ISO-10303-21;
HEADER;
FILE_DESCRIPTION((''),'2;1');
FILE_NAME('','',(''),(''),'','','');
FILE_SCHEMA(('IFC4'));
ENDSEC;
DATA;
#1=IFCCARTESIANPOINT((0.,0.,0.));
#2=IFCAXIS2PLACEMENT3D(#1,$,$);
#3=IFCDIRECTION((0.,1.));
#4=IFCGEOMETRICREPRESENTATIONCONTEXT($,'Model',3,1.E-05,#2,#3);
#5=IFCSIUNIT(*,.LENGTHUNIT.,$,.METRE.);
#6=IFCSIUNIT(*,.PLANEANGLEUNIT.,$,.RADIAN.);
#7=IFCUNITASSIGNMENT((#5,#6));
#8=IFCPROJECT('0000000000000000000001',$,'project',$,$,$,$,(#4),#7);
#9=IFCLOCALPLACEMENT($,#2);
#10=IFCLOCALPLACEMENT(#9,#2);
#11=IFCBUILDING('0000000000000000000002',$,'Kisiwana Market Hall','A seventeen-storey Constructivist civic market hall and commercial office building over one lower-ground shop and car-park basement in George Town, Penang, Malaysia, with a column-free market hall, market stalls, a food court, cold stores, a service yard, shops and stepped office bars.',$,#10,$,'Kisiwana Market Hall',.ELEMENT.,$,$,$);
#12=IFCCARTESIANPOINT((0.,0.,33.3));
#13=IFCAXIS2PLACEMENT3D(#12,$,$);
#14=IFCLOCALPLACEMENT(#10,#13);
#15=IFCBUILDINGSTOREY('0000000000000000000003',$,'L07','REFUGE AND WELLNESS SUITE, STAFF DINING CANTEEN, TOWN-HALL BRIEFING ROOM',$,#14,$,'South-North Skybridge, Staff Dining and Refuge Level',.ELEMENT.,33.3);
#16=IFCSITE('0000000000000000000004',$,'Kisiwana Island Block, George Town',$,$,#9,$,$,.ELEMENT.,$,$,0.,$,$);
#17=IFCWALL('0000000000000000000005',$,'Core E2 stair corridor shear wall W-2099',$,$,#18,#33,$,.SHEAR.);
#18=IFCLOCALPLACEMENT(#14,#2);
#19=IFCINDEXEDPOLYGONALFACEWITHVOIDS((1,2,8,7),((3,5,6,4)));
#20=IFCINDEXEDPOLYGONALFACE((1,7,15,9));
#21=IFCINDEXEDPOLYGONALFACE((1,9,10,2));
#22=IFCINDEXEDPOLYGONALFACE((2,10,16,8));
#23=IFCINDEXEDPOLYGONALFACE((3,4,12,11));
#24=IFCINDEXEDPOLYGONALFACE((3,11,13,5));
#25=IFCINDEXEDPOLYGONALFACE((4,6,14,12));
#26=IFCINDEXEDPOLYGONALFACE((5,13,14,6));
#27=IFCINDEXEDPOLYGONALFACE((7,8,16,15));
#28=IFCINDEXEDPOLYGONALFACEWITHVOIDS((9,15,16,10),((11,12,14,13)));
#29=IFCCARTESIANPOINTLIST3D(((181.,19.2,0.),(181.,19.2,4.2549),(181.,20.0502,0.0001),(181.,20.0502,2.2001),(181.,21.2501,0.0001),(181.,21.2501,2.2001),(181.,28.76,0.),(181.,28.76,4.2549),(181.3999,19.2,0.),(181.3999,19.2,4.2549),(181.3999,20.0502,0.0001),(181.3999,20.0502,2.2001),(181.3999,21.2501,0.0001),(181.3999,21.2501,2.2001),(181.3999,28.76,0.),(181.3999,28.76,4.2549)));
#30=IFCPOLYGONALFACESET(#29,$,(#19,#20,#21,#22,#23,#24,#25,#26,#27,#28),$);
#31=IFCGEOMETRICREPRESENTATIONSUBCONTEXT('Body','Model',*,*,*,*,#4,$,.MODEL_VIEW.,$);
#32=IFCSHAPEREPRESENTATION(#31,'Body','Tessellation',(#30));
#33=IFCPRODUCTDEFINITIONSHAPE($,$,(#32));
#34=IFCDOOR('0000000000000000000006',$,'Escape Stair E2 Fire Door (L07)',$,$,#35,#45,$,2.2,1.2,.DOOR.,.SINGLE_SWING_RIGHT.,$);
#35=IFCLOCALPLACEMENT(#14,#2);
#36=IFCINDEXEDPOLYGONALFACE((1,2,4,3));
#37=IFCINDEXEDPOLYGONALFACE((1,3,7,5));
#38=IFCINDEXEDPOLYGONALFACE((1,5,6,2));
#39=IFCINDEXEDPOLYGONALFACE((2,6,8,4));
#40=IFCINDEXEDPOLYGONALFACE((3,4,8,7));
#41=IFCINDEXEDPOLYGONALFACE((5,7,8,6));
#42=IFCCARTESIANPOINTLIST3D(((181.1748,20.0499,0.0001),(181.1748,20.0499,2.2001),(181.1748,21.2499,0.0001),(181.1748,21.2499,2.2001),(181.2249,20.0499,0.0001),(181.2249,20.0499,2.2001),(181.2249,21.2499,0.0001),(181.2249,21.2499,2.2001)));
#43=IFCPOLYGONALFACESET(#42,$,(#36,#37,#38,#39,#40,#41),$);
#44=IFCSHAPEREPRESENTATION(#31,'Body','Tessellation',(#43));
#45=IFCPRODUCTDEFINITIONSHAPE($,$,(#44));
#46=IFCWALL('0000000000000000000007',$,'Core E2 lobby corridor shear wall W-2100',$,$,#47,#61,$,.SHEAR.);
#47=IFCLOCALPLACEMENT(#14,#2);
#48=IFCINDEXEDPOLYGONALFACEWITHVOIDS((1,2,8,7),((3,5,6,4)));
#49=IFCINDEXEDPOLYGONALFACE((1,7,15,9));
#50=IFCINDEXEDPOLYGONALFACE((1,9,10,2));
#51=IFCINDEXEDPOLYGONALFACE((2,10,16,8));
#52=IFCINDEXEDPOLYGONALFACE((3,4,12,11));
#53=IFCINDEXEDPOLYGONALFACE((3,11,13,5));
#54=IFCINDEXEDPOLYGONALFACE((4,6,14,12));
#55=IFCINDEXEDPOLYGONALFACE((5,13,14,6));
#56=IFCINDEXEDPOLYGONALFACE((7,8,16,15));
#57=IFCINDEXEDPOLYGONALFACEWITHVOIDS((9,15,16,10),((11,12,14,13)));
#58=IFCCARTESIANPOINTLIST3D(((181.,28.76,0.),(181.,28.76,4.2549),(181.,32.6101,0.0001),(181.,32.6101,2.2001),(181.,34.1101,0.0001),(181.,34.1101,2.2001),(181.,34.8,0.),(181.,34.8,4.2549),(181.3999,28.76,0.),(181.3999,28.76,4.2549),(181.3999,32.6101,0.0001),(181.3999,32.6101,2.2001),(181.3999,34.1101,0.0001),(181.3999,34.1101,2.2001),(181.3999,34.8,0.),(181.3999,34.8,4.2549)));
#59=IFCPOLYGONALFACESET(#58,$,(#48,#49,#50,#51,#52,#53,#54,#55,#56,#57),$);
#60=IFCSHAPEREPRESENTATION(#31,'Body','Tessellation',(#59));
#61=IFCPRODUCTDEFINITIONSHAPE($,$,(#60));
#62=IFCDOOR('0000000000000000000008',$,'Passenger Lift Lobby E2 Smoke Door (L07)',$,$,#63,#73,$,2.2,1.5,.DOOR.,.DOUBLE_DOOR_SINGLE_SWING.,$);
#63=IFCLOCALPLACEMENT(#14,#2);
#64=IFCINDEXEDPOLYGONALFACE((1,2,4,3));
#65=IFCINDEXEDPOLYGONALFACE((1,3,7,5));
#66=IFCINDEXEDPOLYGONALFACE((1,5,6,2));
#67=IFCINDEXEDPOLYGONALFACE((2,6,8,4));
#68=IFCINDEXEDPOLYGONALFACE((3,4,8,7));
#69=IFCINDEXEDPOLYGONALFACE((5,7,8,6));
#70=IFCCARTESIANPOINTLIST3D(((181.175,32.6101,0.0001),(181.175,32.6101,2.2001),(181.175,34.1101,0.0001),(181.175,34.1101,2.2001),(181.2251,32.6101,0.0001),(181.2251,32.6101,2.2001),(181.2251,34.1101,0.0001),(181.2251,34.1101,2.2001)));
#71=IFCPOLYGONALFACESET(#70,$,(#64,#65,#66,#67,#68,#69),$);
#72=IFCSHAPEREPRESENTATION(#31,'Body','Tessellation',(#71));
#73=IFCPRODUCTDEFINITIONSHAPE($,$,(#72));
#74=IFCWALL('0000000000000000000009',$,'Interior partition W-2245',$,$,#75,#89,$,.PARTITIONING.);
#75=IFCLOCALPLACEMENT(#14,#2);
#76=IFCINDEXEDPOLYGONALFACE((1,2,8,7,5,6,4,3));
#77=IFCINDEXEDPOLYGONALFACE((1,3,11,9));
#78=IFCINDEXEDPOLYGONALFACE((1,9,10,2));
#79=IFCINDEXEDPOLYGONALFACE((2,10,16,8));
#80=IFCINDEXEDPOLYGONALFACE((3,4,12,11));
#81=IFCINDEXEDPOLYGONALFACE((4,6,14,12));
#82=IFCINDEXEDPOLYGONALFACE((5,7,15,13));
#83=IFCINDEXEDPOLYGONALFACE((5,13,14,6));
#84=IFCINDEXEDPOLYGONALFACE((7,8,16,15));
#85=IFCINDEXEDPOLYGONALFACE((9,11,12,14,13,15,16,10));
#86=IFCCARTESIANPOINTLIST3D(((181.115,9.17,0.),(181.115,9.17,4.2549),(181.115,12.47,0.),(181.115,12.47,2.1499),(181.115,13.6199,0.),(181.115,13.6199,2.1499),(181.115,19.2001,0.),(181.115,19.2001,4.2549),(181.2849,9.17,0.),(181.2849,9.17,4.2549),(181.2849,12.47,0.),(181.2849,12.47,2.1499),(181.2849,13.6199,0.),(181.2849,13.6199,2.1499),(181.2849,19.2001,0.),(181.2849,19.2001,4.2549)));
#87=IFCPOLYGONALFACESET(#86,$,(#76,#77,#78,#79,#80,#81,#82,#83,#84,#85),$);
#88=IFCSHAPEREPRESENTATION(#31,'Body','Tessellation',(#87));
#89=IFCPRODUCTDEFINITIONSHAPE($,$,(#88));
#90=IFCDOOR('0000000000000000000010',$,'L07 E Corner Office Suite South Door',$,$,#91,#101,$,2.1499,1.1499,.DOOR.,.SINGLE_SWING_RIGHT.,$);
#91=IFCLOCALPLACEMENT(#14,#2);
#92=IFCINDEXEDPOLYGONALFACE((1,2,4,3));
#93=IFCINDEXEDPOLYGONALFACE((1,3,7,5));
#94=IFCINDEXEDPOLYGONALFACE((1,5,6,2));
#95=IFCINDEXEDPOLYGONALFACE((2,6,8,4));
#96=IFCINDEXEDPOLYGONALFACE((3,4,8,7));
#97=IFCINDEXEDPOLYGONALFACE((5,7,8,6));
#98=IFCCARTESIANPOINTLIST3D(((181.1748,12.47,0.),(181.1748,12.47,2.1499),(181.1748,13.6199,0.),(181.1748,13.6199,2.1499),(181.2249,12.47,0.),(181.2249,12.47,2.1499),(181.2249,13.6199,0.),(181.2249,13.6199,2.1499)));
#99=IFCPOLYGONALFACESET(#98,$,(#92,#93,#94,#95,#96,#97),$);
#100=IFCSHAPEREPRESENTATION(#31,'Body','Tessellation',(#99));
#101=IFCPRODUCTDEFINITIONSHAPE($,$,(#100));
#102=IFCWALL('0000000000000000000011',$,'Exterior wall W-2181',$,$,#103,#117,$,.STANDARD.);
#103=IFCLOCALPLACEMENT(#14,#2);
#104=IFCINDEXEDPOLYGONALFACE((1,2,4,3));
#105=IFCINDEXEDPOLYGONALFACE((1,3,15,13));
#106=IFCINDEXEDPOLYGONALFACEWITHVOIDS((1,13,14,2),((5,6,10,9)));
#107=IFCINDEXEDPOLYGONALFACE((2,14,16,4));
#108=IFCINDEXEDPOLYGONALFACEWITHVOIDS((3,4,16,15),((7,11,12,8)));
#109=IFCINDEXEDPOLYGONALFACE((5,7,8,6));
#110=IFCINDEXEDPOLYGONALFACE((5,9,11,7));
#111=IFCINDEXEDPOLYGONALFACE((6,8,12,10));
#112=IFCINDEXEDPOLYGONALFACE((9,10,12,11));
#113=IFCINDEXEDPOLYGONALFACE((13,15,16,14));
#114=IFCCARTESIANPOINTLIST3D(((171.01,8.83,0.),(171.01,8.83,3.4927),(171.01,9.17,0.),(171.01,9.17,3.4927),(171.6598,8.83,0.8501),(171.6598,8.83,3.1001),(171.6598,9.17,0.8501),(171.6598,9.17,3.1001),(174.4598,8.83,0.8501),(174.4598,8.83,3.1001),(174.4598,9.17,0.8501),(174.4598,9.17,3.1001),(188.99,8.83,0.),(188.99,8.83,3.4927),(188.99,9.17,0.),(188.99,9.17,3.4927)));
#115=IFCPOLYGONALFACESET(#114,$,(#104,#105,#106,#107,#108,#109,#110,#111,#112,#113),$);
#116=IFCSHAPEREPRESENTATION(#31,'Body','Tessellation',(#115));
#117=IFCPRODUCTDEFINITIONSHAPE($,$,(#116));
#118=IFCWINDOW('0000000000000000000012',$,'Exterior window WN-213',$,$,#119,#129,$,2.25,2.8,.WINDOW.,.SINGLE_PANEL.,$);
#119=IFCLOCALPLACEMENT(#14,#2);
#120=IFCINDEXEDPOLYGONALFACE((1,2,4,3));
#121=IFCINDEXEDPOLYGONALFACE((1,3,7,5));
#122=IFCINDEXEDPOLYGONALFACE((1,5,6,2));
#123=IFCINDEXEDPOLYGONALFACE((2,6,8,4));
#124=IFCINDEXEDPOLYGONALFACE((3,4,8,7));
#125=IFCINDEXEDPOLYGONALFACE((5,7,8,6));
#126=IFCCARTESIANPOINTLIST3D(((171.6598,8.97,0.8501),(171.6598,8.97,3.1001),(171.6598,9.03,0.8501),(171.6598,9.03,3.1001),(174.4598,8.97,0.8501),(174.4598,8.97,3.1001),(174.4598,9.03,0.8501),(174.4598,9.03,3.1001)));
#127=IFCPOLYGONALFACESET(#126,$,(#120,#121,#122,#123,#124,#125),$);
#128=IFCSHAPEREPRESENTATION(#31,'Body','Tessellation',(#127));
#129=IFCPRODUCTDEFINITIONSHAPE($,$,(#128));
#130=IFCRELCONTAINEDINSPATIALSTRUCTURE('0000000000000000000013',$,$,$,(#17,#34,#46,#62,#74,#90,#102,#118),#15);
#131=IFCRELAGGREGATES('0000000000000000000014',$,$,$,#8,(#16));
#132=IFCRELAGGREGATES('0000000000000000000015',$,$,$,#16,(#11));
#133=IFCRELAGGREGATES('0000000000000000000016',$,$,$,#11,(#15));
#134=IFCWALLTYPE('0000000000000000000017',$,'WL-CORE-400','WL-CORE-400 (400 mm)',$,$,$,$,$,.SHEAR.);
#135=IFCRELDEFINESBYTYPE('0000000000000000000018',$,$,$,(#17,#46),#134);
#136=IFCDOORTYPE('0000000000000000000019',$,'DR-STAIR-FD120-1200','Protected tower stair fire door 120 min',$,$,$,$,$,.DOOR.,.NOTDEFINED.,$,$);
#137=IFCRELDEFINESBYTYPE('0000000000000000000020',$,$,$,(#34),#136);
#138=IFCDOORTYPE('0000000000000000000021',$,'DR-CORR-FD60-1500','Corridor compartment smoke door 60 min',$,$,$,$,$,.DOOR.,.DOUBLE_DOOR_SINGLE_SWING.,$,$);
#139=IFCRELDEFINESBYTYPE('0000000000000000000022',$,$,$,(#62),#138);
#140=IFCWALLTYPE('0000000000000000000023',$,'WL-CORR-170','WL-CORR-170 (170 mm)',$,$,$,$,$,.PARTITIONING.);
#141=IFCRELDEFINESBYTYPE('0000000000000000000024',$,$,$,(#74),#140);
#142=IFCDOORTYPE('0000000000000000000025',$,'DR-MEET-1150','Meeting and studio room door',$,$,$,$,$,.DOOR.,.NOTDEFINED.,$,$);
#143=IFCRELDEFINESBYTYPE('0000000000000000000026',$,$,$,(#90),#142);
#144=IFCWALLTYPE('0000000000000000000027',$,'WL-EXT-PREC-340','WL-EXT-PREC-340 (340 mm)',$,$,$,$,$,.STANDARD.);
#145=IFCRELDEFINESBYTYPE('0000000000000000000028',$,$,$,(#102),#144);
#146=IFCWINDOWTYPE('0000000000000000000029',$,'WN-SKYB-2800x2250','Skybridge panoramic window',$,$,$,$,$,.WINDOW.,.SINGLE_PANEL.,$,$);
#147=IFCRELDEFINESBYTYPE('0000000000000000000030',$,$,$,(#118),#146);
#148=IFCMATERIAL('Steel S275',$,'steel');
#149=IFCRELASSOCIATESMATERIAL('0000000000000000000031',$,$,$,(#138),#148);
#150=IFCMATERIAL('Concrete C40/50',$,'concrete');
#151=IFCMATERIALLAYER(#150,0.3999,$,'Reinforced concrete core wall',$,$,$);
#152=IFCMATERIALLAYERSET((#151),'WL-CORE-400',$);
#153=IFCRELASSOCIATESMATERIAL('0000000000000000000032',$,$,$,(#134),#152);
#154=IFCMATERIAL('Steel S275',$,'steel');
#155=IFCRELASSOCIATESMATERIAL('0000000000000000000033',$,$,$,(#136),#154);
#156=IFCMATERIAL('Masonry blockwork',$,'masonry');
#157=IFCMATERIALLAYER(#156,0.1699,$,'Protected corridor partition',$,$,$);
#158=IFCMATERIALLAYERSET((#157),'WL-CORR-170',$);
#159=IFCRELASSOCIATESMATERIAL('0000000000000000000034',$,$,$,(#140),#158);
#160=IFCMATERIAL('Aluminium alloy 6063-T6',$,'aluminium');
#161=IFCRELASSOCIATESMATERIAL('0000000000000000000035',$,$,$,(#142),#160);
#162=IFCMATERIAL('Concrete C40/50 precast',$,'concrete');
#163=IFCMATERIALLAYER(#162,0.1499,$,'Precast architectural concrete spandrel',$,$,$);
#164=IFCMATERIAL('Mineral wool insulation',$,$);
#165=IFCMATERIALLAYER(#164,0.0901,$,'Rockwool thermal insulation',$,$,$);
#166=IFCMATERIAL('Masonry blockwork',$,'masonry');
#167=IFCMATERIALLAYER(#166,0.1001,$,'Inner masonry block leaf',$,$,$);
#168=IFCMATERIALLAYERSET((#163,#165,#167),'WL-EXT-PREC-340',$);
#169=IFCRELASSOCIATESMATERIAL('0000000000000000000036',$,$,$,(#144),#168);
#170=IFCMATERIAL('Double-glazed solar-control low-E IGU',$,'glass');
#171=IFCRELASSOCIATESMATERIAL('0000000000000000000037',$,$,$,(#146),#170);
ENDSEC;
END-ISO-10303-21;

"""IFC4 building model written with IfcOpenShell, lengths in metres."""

from ifc_helpers import new_model, si_unit, direction, frame, frame_2d, origin, place, context, subcontext, project, spatial, rectangle, extrude, material, layer, layer_set, type_object, element, fill, save


model = new_model("IFC4")

# Units and contexts
model_context = context("Model", 3, precision=1e-05, world=origin(), true_north=direction((0.0, 1.0)))
body_context = subcontext(model_context, "Body", "Model", "MODEL_VIEW")
ifc_project = project(units=[si_unit("LENGTHUNIT", "METRE"), si_unit("PLANEANGLEUNIT", "RADIAN")], contexts=[model_context])

# Site, building, storey
site_placement = place(None, origin())
site = spatial("IfcSite", under=ifc_project, at=site_placement, Name="Kisiwana Island Block, George Town", CompositionType="ELEMENT", RefElevation=0.0)
building_placement = place(site_placement, origin())
building = spatial("IfcBuilding", under=site, at=building_placement, Name="Kisiwana Market Hall", Description="A seventeen-storey Constructivist civic market hall and commercial office building over one lower-ground shop and car-park basement in George Town, Penang, Malaysia, with a column-free market hall, market stalls, a food court, cold stores, a service yard, shops and stepped office bars.", LongName="Kisiwana Market Hall", CompositionType="ELEMENT")
storey_placement = place(building_placement, frame((0.0, 0.0, 33.3)))
storey = spatial("IfcBuildingStorey", under=building, at=storey_placement, Name="L07", Description="REFUGE AND WELLNESS SUITE, STAFF DINING CANTEEN, TOWN-HALL BRIEFING ROOM", LongName="South-North Skybridge, Staff Dining and Refuge Level", CompositionType="ELEMENT", Elevation=33.3)

# Shared definitions
ifc_material_1 = material(Name="Steel S275", Category="steel")
door_type_1 = type_object("IfcDoorType", Name="DR-CORR-FD60-1500", Description="Corridor compartment smoke door 60 min", OperationType="DOUBLE_DOOR_SINGLE_SWING", PredefinedType="DOOR", material=ifc_material_1)

# Shared definitions
ifc_material_2 = material(Name="Concrete C40/50", Category="concrete")
ifc_layer_1 = layer(ifc_material_2, 0.3999, Name="Reinforced concrete core wall")
ifc_layer_set_1 = layer_set([ifc_layer_1], Name="WL-CORE-400")
wall_type_1 = type_object("IfcWallType", Name="WL-CORE-400", Description="WL-CORE-400 (400 mm)", PredefinedType="SHEAR", material=ifc_layer_set_1)

# Walls, openings, doors
wall_1_placement = place(storey_placement, frame((181.2, 19.2, 0.0), z_axis=(0.0, 0.0, 1.0), x_axis=(0.0, 1.0, 0.0)))
wall_1 = element("IfcWall", 1, at=wall_1_placement, inside=storey, type_object=wall_type_1, Name="Core E2 stair corridor shear wall W-2099", PredefinedType="SHEAR", context=body_context, shape_type="SweptSolid", body=[
    extrude(rectangle(XDim=9.5601, YDim=0.3999, at=frame_2d((4.78, 0.0))), origin(), (0.0, 0.0, 1.0), 4.2549),
])
opening_1_placement = place(wall_1_placement, frame((0.8501, 0.0, 0.0)))
opening_1 = element("IfcOpeningElement", 2, at=opening_1_placement, cuts=wall_1, PredefinedType="OPENING", context=body_context, shape_type="SweptSolid", body=[
    extrude(rectangle(XDim=1.2, YDim=2.2, at=frame_2d((0.6001, 1.1001))), frame((0.0, 0.2119, 0.0), z_axis=(0.0, -1.0, 0.0), x_axis=(1.0, 0.0, 0.0)), (0.0, 0.0, 1.0), 0.4238),
])
ifc_material_3 = material(Name="Steel S275", Category="steel")
door_type_2 = type_object("IfcDoorType", Name="DR-STAIR-FD120-1200", Description="Protected tower stair fire door 120 min", OperationType="NOTDEFINED", PredefinedType="DOOR", material=ifc_material_3)
door_1_placement = place(opening_1_placement, frame((1.2, 0.0, 0.0), z_axis=(0.0, 0.0, 1.0), x_axis=(-1.0, 0.0, 0.0)))
door_1 = element("IfcDoor", 3, at=door_1_placement, inside=storey, type_object=door_type_2, Name="Escape Stair E2 Fire Door (L07)", OperationType="SINGLE_SWING_RIGHT", OverallHeight=2.2, OverallWidth=1.2, PredefinedType="DOOR", context=body_context, shape_type="SweptSolid", body=[
    extrude(rectangle(XDim=1.2, YDim=2.2, at=frame_2d((0.6001, 1.1001))), frame((0.0, 0.0249, 0.0), z_axis=(0.0, -1.0, 0.0), x_axis=(1.0, 0.0, 0.0)), (0.0, 0.0, 1.0), 0.05),
])
fill(opening_1, door_1)
wall_2_placement = place(storey_placement, frame((181.2, 28.76, 0.0), z_axis=(0.0, 0.0, 1.0), x_axis=(0.0, 1.0, 0.0)))
wall_2 = element("IfcWall", 4, at=wall_2_placement, inside=storey, type_object=wall_type_1, Name="Core E2 lobby corridor shear wall W-2100", PredefinedType="SHEAR", context=body_context, shape_type="SweptSolid", body=[
    extrude(rectangle(XDim=6.04, YDim=0.3999, at=frame_2d((3.02, 0.0))), origin(), (0.0, 0.0, 1.0), 4.2549),
])
opening_2_placement = place(wall_2_placement, frame((3.8501, 0.0, 0.0)))
opening_2 = element("IfcOpeningElement", 5, at=opening_2_placement, cuts=wall_2, PredefinedType="OPENING", context=body_context, shape_type="SweptSolid", body=[
    extrude(rectangle(XDim=1.5, YDim=2.2, at=frame_2d((0.75, 1.1001))), frame((0.0, 0.2119, 0.0), z_axis=(0.0, -1.0, 0.0), x_axis=(1.0, 0.0, 0.0)), (0.0, 0.0, 1.0), 0.4238),
])
door_2_placement = place(opening_2_placement, origin())
door_2 = element("IfcDoor", 6, at=door_2_placement, inside=storey, type_object=door_type_1, Name="Passenger Lift Lobby E2 Smoke Door (L07)", OperationType="DOUBLE_DOOR_SINGLE_SWING", OverallHeight=2.2, OverallWidth=1.5, PredefinedType="DOOR", context=body_context, shape_type="SweptSolid", body=[
    extrude(rectangle(XDim=1.5, YDim=2.2, at=frame_2d((0.75, 1.1001))), frame((0.0, 0.0249, 0.0), z_axis=(0.0, -1.0, 0.0), x_axis=(1.0, 0.0, 0.0)), (0.0, 0.0, 1.0), 0.05),
])
fill(opening_2, door_2)
ifc_material_4 = material(Name="Masonry blockwork", Category="masonry")
ifc_layer_2 = layer(ifc_material_4, 0.1699, Name="Protected corridor partition")
ifc_layer_set_2 = layer_set([ifc_layer_2], Name="WL-CORR-170")
wall_type_2 = type_object("IfcWallType", Name="WL-CORR-170", Description="WL-CORR-170 (170 mm)", PredefinedType="PARTITIONING", material=ifc_layer_set_2)
wall_3_placement = place(storey_placement, frame((181.2, 9.1699, 0.0), z_axis=(0.0, 0.0, 1.0), x_axis=(0.0, 1.0, 0.0)))
wall_3 = element("IfcWall", 7, at=wall_3_placement, inside=storey, type_object=wall_type_2, Name="Interior partition W-2245", PredefinedType="PARTITIONING", context=body_context, shape_type="SweptSolid", body=[
    extrude(rectangle(XDim=10.03, YDim=0.1699, at=frame_2d((5.0151, 0.0))), origin(), (0.0, 0.0, 1.0), 4.2549),
])
opening_3_placement = place(wall_3_placement, frame((3.3, 0.0, 0.0)))
opening_3 = element("IfcOpeningElement", 8, at=opening_3_placement, cuts=wall_3, PredefinedType="OPENING", context=body_context, shape_type="SweptSolid", body=[
    extrude(rectangle(XDim=1.1499, YDim=2.1499, at=frame_2d((0.575, 1.075))), frame((0.0, 0.0969, 0.0), z_axis=(0.0, -1.0, 0.0), x_axis=(1.0, 0.0, 0.0)), (0.0, 0.0, 1.0), 0.1938),
])
ifc_material_5 = material(Name="Aluminium alloy 6063-T6", Category="aluminium")
door_type_3 = type_object("IfcDoorType", Name="DR-MEET-1150", Description="Meeting and studio room door", OperationType="NOTDEFINED", PredefinedType="DOOR", material=ifc_material_5)
door_3_placement = place(opening_3_placement, frame((1.1499, 0.0, 0.0), z_axis=(0.0, 0.0, 1.0), x_axis=(-1.0, 0.0, 0.0)))
door_3 = element("IfcDoor", 9, at=door_3_placement, inside=storey, type_object=door_type_3, Name="L07 E Corner Office Suite South Door", OperationType="SINGLE_SWING_RIGHT", OverallHeight=2.1499, OverallWidth=1.1499, PredefinedType="DOOR", context=body_context, shape_type="SweptSolid", body=[
    extrude(rectangle(XDim=1.1499, YDim=2.1499, at=frame_2d((0.575, 1.075))), frame((0.0, 0.0249, 0.0), z_axis=(0.0, -1.0, 0.0), x_axis=(1.0, 0.0, 0.0)), (0.0, 0.0, 1.0), 0.05),
])
fill(opening_3, door_3)

# Wall, opening, window
ifc_material_6 = material(Name="Concrete C40/50 precast", Category="concrete")
ifc_layer_3 = layer(ifc_material_6, 0.1499, Name="Precast architectural concrete spandrel")
ifc_material_7 = material(Name="Mineral wool insulation")
ifc_layer_4 = layer(ifc_material_7, 0.0901, Name="Rockwool thermal insulation")
ifc_material_8 = material(Name="Masonry blockwork", Category="masonry")
ifc_layer_5 = layer(ifc_material_8, 0.1001, Name="Inner masonry block leaf")
ifc_layer_set_3 = layer_set([ifc_layer_3, ifc_layer_4, ifc_layer_5], Name="WL-EXT-PREC-340")
wall_type_3 = type_object("IfcWallType", Name="WL-EXT-PREC-340", Description="WL-EXT-PREC-340 (340 mm)", PredefinedType="STANDARD", material=ifc_layer_set_3)
wall_4_placement = place(storey_placement, frame((171.01, 9.0, 0.0), z_axis=(0.0, 0.0, 1.0), x_axis=(1.0, 0.0, 0.0)))
wall_4 = element("IfcWall", 10, at=wall_4_placement, inside=storey, type_object=wall_type_3, Name="Exterior wall W-2181", PredefinedType="STANDARD", context=body_context, shape_type="SweptSolid", body=[
    extrude(rectangle(XDim=17.98, YDim=0.3401, at=frame_2d((8.99, 0.0))), origin(), (0.0, 0.0, 1.0), 3.4927),
])
opening_4_placement = place(wall_4_placement, frame((0.6499, 0.0, 0.8501)))
opening_4 = element("IfcOpeningElement", 11, at=opening_4_placement, cuts=wall_4, PredefinedType="OPENING", context=body_context, shape_type="SweptSolid", body=[
    extrude(rectangle(XDim=2.8, YDim=2.25, at=frame_2d((1.3999, 1.125))), frame((0.0, 0.1821, 0.0), z_axis=(0.0, -1.0, 0.0), x_axis=(1.0, 0.0, 0.0)), (0.0, 0.0, 1.0), 0.364),
])
ifc_material_9 = material(Name="Double-glazed solar-control low-E IGU", Category="glass")
window_type = type_object("IfcWindowType", Name="WN-SKYB-2800x2250", Description="Skybridge panoramic window", PartitioningType="SINGLE_PANEL", PredefinedType="WINDOW", material=ifc_material_9)
window_placement = place(opening_4_placement, origin())
window = element("IfcWindow", 12, at=window_placement, inside=storey, type_object=window_type, Name="Exterior window WN-213", OverallHeight=2.25, OverallWidth=2.8, PartitioningType="SINGLE_PANEL", PredefinedType="WINDOW", context=body_context, shape_type="SweptSolid", body=[
    extrude(rectangle(XDim=2.8, YDim=2.25, at=frame_2d((1.3999, 1.125))), frame((0.0, 0.03, 0.0), z_axis=(0.0, -1.0, 0.0), x_axis=(1.0, 0.0, 0.0)), (0.0, 0.0, 1.0), 0.0601),
])
fill(opening_4, window)

save(model, "model.ifc")
